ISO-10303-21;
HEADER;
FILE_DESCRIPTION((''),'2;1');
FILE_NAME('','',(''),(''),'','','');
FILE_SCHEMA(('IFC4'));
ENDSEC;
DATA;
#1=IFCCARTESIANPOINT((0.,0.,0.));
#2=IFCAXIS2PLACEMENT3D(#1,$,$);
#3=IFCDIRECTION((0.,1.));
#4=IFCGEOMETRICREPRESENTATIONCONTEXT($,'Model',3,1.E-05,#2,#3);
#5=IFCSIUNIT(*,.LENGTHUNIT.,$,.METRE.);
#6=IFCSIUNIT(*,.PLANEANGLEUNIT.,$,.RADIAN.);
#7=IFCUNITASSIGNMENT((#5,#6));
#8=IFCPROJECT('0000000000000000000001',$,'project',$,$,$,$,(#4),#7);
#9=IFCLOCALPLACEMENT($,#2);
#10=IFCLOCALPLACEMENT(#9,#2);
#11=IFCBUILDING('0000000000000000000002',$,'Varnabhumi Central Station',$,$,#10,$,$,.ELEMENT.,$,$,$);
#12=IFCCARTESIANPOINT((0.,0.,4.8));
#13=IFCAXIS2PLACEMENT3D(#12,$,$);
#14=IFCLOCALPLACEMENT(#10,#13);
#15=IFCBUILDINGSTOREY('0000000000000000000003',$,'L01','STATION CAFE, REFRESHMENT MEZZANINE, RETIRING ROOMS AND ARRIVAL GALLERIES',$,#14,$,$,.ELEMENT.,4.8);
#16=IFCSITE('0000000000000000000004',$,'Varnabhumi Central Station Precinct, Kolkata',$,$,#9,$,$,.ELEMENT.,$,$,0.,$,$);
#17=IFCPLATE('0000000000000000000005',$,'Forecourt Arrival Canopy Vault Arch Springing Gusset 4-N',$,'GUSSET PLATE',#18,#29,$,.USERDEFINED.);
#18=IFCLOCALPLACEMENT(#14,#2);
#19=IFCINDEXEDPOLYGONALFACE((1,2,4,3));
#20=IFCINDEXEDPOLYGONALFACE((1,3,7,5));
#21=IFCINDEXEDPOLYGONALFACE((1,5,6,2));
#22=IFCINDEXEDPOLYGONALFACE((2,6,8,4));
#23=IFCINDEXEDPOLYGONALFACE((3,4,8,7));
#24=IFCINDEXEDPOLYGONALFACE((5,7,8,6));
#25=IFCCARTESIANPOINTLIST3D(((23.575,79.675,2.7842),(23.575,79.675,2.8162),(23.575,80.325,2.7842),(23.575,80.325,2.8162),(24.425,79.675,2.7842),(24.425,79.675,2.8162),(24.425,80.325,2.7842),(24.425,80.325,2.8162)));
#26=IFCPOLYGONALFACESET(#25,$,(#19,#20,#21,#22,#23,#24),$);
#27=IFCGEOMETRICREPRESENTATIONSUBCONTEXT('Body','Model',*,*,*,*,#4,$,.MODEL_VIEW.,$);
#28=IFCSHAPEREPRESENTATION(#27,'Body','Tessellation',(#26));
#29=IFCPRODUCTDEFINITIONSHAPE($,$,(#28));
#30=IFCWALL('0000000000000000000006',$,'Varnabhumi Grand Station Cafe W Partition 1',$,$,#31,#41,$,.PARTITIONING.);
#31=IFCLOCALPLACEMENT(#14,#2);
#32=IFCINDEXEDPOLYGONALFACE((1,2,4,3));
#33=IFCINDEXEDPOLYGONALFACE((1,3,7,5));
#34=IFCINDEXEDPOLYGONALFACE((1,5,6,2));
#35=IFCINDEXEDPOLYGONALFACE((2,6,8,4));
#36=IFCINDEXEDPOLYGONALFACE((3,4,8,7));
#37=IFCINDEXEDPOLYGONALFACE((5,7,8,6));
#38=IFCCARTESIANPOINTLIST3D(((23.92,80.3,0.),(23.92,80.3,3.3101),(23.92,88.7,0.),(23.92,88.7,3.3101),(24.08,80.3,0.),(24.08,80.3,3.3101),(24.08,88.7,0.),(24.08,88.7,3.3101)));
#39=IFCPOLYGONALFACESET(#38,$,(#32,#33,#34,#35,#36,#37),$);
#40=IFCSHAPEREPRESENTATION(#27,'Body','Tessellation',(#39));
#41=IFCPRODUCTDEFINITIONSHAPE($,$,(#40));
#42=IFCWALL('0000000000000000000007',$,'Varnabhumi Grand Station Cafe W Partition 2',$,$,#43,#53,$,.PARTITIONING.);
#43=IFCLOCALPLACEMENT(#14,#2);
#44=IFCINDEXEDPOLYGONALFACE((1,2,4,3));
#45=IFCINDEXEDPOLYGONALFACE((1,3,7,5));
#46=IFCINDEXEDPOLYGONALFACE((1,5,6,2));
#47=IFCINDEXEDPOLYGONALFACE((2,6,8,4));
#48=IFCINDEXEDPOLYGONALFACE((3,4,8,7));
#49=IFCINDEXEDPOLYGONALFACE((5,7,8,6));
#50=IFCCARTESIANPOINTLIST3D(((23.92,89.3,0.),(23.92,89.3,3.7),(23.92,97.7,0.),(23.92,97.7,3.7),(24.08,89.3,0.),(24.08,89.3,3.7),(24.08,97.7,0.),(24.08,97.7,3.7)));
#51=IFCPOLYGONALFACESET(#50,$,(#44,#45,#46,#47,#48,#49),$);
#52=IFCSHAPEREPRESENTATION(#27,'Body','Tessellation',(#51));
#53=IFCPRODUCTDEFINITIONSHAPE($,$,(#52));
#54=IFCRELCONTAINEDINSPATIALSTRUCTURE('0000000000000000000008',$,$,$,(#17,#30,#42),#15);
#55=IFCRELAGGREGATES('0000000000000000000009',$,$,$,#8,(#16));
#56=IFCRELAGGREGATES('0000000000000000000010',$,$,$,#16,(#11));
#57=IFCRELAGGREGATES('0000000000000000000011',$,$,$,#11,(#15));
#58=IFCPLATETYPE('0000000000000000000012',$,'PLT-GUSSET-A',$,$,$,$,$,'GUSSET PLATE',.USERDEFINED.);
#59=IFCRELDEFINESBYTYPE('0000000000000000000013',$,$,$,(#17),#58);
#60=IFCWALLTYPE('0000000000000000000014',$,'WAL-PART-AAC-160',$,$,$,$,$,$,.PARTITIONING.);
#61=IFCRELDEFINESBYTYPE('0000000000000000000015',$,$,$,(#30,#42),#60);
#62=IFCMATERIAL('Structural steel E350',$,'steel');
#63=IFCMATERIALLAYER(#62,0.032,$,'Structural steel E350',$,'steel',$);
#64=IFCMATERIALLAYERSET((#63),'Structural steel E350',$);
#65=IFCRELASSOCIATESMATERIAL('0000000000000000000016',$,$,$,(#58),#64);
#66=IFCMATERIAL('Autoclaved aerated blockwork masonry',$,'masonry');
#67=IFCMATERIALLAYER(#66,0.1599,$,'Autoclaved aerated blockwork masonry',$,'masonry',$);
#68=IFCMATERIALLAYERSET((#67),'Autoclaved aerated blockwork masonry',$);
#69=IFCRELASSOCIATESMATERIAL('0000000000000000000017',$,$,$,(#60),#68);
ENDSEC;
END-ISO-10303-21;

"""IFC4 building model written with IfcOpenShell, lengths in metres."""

from ifc_helpers import new_model, si_unit, direction, frame, frame_2d, origin, origin_2d, place, context, subcontext, project, spatial, rectangle, extrude, material, layer, layer_set, type_object, element, save


model = new_model("IFC4")

# Units and contexts
model_context = context("Model", 3, precision=1e-05, world=origin(), true_north=direction((0.0, 1.0)))
body_context = subcontext(model_context, "Body", "Model", "MODEL_VIEW")
ifc_project = project(units=[si_unit("LENGTHUNIT", "METRE"), si_unit("PLANEANGLEUNIT", "RADIAN")], contexts=[model_context])

# Site, building, storey
site_placement = place(None, origin())
site = spatial("IfcSite", under=ifc_project, at=site_placement, Name="Varnabhumi Central Station Precinct, Kolkata", CompositionType="ELEMENT", RefElevation=0.0)
building_placement = place(site_placement, origin())
building = spatial("IfcBuilding", under=site, at=building_placement, Name="Varnabhumi Central Station", CompositionType="ELEMENT")
storey_placement = place(building_placement, frame((0.0, 0.0, 4.8)))
storey = spatial("IfcBuildingStorey", under=building, at=storey_placement, Name="L01", Description="STATION CAFE, REFRESHMENT MEZZANINE, RETIRING ROOMS AND ARRIVAL GALLERIES", CompositionType="ELEMENT", Elevation=4.8)

# Shared definitions
ifc_material_1 = material(Name="Structural steel E350", Category="steel")

# Plate
ifc_layer_1 = layer(ifc_material_1, 0.032, Name="Structural steel E350", Category="steel")
ifc_layer_set_1 = layer_set([ifc_layer_1], Name="Structural steel E350")
plate_type_1 = type_object("IfcPlateType", Name="PLT-GUSSET-A", ElementType="GUSSET PLATE", PredefinedType="USERDEFINED", material=ifc_layer_set_1)
plate_1_placement = place(storey_placement, frame((24.0, 80.0, 2.7842), z_axis=(0.0, 0.0, 1.0), x_axis=(1.0, 0.0, 0.0)))
element("IfcPlate", 1, at=plate_1_placement, inside=storey, type_object=plate_type_1, Name="Forecourt Arrival Canopy Vault Arch Springing Gusset 4-N", ObjectType="GUSSET PLATE", PredefinedType="USERDEFINED", context=body_context, shape_type="SweptSolid", body=[
    extrude(rectangle(XDim=0.8501, YDim=0.6499, at=origin_2d()), origin(), (0.0, 0.0, 1.0), 0.032),
])

# Walls
ifc_material_2 = material(Name="Autoclaved aerated blockwork masonry", Category="masonry")
ifc_layer_2 = layer(ifc_material_2, 0.1599, Name="Autoclaved aerated blockwork masonry", Category="masonry")
ifc_layer_set_2 = layer_set([ifc_layer_2], Name="Autoclaved aerated blockwork masonry")
wall_type = type_object("IfcWallType", Name="WAL-PART-AAC-160", PredefinedType="PARTITIONING", material=ifc_layer_set_2)
wall_1_placement = place(storey_placement, frame((24.0, 80.3, 0.0), z_axis=(0.0, 0.0, 1.0), x_axis=(0.0, 1.0, 0.0)))
element("IfcWall", 2, at=wall_1_placement, inside=storey, type_object=wall_type, Name="Varnabhumi Grand Station Cafe W Partition 1", PredefinedType="PARTITIONING", context=body_context, shape_type="SweptSolid", body=[
    extrude(rectangle(XDim=8.3999, YDim=0.1599, at=frame_2d((4.2, 0.0))), origin(), (0.0, 0.0, 1.0), 3.3101),
])
wall_2_placement = place(storey_placement, frame((24.0, 89.3, 0.0), z_axis=(0.0, 0.0, 1.0), x_axis=(0.0, 1.0, 0.0)))
element("IfcWall", 3, at=wall_2_placement, inside=storey, type_object=wall_type, Name="Varnabhumi Grand Station Cafe W Partition 2", PredefinedType="PARTITIONING", context=body_context, shape_type="SweptSolid", body=[
    extrude(rectangle(XDim=8.3999, YDim=0.1599, at=frame_2d((4.2, 0.0))), origin(), (0.0, 0.0, 1.0), 3.7),
])

save(model, "model.ifc")
